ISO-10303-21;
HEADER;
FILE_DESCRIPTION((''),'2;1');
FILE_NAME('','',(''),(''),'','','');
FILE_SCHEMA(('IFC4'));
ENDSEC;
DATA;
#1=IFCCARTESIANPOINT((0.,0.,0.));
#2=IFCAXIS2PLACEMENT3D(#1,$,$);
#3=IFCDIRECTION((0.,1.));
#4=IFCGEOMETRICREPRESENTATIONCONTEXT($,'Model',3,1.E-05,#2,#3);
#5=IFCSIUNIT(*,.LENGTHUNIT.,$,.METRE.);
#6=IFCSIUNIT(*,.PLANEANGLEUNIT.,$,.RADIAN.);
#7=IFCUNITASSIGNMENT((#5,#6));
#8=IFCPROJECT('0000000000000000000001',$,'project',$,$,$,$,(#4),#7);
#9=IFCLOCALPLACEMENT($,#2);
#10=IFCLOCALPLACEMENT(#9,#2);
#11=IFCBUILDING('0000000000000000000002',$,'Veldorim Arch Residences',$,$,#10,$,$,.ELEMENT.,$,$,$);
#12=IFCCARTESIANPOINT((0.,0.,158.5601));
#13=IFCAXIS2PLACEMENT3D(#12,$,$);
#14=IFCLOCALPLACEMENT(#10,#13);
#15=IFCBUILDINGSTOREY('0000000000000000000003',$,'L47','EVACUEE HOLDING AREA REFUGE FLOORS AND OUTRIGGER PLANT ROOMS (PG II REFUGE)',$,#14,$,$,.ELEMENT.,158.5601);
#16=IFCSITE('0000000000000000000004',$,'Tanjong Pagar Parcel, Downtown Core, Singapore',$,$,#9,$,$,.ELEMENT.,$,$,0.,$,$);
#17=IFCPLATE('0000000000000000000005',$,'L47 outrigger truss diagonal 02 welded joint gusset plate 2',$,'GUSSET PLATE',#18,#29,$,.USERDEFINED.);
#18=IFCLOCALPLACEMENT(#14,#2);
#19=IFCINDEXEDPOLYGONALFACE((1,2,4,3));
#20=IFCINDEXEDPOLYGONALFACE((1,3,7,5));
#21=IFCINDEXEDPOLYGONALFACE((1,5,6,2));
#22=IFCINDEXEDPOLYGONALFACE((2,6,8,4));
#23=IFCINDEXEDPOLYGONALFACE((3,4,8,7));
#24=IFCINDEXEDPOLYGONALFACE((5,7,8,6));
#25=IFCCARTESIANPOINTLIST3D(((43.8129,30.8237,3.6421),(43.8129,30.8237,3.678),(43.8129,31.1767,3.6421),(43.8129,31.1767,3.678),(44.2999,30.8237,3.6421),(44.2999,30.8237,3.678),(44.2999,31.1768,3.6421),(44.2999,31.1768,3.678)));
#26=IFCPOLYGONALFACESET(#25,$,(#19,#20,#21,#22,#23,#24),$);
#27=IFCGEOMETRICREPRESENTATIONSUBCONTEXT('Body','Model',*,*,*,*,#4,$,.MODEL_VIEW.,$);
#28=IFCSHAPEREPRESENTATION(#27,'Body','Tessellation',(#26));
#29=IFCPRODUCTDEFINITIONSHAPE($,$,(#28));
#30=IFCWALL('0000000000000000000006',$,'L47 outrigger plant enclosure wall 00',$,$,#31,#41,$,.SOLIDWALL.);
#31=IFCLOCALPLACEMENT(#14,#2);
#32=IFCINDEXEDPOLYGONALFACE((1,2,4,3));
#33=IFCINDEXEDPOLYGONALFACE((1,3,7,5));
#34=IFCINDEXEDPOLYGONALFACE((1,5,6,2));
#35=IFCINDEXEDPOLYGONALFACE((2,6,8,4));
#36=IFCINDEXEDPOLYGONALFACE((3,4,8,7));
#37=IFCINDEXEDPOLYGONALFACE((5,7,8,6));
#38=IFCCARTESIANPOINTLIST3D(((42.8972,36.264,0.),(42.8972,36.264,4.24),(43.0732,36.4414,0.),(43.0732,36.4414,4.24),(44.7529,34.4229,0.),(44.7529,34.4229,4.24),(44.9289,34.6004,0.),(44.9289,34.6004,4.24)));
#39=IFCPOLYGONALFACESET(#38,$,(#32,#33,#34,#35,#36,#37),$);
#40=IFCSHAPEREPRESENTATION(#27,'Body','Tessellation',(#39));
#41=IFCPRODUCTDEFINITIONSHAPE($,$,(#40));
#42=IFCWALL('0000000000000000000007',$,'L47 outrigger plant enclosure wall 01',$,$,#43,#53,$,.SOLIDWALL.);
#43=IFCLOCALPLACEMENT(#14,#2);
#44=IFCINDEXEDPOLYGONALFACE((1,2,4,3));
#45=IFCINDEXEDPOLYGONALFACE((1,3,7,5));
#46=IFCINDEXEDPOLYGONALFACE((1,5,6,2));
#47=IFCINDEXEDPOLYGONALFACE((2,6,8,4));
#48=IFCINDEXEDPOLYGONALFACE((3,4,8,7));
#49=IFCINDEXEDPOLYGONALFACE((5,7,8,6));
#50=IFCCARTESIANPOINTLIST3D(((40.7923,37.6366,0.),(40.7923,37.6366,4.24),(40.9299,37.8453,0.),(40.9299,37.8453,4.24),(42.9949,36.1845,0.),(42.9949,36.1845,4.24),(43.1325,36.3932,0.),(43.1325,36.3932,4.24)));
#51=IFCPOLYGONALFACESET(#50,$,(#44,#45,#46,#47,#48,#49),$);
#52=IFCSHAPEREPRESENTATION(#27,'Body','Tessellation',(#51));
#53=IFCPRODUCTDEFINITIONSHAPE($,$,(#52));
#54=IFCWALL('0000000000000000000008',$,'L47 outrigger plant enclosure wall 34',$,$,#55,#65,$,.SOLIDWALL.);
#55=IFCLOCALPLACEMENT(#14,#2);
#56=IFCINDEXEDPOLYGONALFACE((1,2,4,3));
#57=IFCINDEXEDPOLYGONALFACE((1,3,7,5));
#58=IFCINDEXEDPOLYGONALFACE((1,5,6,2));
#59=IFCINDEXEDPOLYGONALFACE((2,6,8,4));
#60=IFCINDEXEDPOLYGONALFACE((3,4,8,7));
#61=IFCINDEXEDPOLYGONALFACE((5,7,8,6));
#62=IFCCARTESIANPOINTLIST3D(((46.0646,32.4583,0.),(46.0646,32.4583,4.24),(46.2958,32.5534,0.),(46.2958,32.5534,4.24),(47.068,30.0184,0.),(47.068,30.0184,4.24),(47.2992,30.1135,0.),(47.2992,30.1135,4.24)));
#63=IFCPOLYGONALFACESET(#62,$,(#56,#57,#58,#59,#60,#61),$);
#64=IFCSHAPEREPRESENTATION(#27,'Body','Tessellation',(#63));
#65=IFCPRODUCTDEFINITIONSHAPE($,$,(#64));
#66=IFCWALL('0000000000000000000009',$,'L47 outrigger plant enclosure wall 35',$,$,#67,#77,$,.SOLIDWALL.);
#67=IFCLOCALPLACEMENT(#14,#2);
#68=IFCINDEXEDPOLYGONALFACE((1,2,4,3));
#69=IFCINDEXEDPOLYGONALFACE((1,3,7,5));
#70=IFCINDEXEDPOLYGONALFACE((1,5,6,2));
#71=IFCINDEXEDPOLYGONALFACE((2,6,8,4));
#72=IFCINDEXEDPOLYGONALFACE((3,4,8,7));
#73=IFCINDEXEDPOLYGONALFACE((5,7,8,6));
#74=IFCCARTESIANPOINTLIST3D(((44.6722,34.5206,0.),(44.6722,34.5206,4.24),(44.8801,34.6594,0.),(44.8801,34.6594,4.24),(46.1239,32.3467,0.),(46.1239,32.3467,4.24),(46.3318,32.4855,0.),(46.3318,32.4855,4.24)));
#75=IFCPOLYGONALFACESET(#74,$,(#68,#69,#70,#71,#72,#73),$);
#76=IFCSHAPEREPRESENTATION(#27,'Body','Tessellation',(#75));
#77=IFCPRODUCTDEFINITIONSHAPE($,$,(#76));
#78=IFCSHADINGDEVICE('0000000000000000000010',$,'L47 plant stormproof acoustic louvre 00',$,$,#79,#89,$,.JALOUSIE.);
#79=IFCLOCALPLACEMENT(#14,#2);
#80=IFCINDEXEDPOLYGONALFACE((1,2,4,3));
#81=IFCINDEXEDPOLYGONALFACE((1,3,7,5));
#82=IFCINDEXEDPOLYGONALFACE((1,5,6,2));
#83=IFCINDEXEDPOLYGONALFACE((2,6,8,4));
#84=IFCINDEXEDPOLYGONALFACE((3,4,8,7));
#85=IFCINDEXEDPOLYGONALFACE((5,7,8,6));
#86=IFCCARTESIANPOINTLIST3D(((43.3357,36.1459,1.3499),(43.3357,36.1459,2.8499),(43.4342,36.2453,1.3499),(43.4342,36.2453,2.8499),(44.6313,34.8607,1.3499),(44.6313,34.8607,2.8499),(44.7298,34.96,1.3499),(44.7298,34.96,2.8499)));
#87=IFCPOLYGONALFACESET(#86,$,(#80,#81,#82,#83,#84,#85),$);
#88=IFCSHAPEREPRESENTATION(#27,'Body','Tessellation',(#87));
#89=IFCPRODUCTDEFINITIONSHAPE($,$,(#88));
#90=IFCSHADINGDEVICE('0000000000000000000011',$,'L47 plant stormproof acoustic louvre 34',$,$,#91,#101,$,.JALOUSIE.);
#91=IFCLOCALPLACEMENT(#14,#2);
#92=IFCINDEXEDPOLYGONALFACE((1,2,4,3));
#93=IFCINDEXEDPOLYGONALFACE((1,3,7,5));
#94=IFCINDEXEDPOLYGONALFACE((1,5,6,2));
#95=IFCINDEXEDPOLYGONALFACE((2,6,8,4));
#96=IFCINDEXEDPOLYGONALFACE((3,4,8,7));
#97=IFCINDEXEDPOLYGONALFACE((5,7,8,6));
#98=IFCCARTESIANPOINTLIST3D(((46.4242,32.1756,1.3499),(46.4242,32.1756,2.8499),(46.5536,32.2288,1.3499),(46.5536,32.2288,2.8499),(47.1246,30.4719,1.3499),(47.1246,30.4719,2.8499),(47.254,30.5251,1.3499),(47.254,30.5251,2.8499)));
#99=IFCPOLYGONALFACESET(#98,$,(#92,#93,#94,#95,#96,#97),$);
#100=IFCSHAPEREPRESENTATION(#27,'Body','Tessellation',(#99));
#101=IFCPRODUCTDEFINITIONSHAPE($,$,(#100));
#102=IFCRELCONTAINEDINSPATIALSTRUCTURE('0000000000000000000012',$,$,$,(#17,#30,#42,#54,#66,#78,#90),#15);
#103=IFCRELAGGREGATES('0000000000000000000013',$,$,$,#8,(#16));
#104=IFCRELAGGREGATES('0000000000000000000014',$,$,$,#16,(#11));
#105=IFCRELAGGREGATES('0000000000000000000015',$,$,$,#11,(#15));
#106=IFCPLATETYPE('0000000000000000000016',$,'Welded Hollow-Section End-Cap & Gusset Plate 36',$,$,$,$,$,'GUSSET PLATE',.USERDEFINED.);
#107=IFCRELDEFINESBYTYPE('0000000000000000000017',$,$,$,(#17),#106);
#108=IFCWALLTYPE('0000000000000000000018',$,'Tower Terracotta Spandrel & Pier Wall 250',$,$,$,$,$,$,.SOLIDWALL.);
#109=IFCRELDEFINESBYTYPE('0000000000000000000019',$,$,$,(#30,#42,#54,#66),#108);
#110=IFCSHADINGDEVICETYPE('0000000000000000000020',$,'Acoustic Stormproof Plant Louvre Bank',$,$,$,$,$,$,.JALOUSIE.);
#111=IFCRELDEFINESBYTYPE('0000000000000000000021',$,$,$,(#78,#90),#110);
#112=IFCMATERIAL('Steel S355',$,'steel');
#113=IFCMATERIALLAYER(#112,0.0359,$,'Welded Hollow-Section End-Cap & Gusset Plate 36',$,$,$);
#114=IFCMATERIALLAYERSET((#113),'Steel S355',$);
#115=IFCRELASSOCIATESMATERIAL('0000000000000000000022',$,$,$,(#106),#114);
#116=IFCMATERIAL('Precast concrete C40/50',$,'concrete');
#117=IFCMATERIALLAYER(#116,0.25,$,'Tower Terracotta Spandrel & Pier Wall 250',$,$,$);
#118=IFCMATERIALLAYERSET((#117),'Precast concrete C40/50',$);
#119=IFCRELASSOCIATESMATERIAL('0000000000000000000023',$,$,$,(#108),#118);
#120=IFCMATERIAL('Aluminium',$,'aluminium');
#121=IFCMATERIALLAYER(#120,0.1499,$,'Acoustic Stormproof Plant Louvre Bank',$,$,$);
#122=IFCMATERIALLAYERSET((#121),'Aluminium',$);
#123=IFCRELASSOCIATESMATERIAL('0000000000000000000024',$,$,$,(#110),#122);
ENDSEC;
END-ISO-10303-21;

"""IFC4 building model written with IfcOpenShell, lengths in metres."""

from ifc_helpers import new_model, si_unit, direction, frame, frame_2d, origin, origin_2d, place, context, subcontext, project, spatial, rectangle, extrude, material, layer, layer_set, type_object, element, save


model = new_model("IFC4")

# Units and contexts
model_context = context("Model", 3, precision=1e-05, world=origin(), true_north=direction((0.0, 1.0)))
body_context = subcontext(model_context, "Body", "Model", "MODEL_VIEW")
ifc_project = project(units=[si_unit("LENGTHUNIT", "METRE"), si_unit("PLANEANGLEUNIT", "RADIAN")], contexts=[model_context])

# Site, building, storey
site_placement = place(None, origin())
site = spatial("IfcSite", under=ifc_project, at=site_placement, Name="Tanjong Pagar Parcel, Downtown Core, Singapore", CompositionType="ELEMENT", RefElevation=0.0)
building_placement = place(site_placement, origin())
building = spatial("IfcBuilding", under=site, at=building_placement, Name="Veldorim Arch Residences", CompositionType="ELEMENT")
storey_placement = place(building_placement, frame((0.0, 0.0, 158.5601)))
storey = spatial("IfcBuildingStorey", under=building, at=storey_placement, Name="L47", Description="EVACUEE HOLDING AREA REFUGE FLOORS AND OUTRIGGER PLANT ROOMS (PG II REFUGE)", CompositionType="ELEMENT", Elevation=158.5601)

# Plate
ifc_material_1 = material(Name="Steel S355", Category="steel")
ifc_layer_1 = layer(ifc_material_1, 0.0359, Name="Welded Hollow-Section End-Cap & Gusset Plate 36")
ifc_layer_set_1 = layer_set([ifc_layer_1], Name="Steel S355")
plate_type = type_object("IfcPlateType", Name="Welded Hollow-Section End-Cap & Gusset Plate 36", ElementType="GUSSET PLATE", PredefinedType="USERDEFINED", material=ifc_layer_set_1)
for number, where, z_axis, x_axis, name in (
    (1, (44.0564, 31.0002, 3.6421), (0.0, 0.0, 1.0), (1.0, 0.000035, 0.0), "L47 outrigger truss diagonal 02 welded joint gusset plate 2"),
):
    element("IfcPlate", number, at=place(storey_placement, frame(where, z_axis=z_axis, x_axis=x_axis)), inside=storey, type_object=plate_type, Name=name, ObjectType="GUSSET PLATE", PredefinedType="USERDEFINED", context=body_context, shape_type="SweptSolid", body=[
        extrude(rectangle(XDim=0.4871, YDim=0.353, at=origin_2d()), origin(), (0.0, 0.0, 1.0), 0.0359),
    ])

# Walls
ifc_material_2 = material(Name="Precast concrete C40/50", Category="concrete")
ifc_layer_2 = layer(ifc_material_2, 0.25, Name="Tower Terracotta Spandrel & Pier Wall 250")
ifc_layer_set_2 = layer_set([ifc_layer_2], Name="Precast concrete C40/50")
wall_type = type_object("IfcWallType", Name="Tower Terracotta Spandrel & Pier Wall 250", PredefinedType="SOLIDWALL", material=ifc_layer_set_2)
wall_1_placement = place(storey_placement, frame((42.9851, 36.3528, 0.0), z_axis=(0.0, 0.0, 1.0), x_axis=(0.709903, -0.704299, 0.0)))
element("IfcWall", 2, at=wall_1_placement, inside=storey, type_object=wall_type, Name="L47 outrigger plant enclosure wall 00", PredefinedType="SOLIDWALL", context=body_context, shape_type="SweptSolid", body=[
    extrude(rectangle(XDim=2.614, YDim=0.25, at=frame_2d((1.3071, 0.0))), origin(), (0.0, 0.0, 1.0), 4.24),
])
for number, where, z_axis, x_axis, name in (
    (3, (40.8611, 37.741, 0.0), (0.0, 0.0, 1.0), (0.834887, -0.550422, 0.0), "L47 outrigger plant enclosure wall 01"),
    (4, (46.1802, 32.5059, 0.0), (0.0, 0.0, 1.0), (0.38034, -0.924847, 0.0), "L47 outrigger plant enclosure wall 34"),
):
    element("IfcWall", number, at=place(storey_placement, frame(where, z_axis=z_axis, x_axis=x_axis)), inside=storey, type_object=wall_type, Name=name, PredefinedType="SOLIDWALL", context=body_context, shape_type="SweptSolid", body=[
        extrude(rectangle(XDim=2.6382, YDim=0.25, at=frame_2d((1.3191, 0.0))), origin(), (0.0, 0.0, 1.0), 4.24),
    ])
wall_2_placement = place(storey_placement, frame((44.7761, 34.5901, 0.0), z_axis=(0.0, 0.0, 1.0), x_axis=(0.555347, -0.831619, 0.0)))
element("IfcWall", 5, at=wall_2_placement, inside=storey, type_object=wall_type, Name="L47 outrigger plant enclosure wall 35", PredefinedType="SOLIDWALL", context=body_context, shape_type="SweptSolid", body=[
    extrude(rectangle(XDim=2.614, YDim=0.25, at=frame_2d((1.3071, 0.0))), origin(), (0.0, 0.0, 1.0), 4.24),
])

# Shading devices
ifc_material_3 = material(Name="Aluminium", Category="aluminium")
ifc_layer_3 = layer(ifc_material_3, 0.1499, Name="Acoustic Stormproof Plant Louvre Bank")
ifc_layer_set_3 = layer_set([ifc_layer_3], Name="Aluminium")
shading_device_type = type_object("IfcShadingDeviceType", Name="Acoustic Stormproof Plant Louvre Bank", PredefinedType="JALOUSIE", material=ifc_layer_set_3)
shading_device_1_placement = place(storey_placement, frame((44.0327, 35.553, 1.3499), z_axis=(0.0, 0.0, 1.0), x_axis=(0.70994, -0.704263, 0.0)))
element("IfcShadingDevice", 6, at=shading_device_1_placement, inside=storey, type_object=shading_device_type, Name="L47 plant stormproof acoustic louvre 00", PredefinedType="JALOUSIE", context=body_context, shape_type="SweptSolid", body=[
    extrude(rectangle(XDim=1.825, YDim=0.1399, at=origin_2d()), origin(), (0.0, 0.0, 1.0), 1.5),
])
shading_device_2_placement = place(storey_placement, frame((46.8391, 31.3503, 1.3499), z_axis=(0.0, 0.0, 1.0), x_axis=(0.380263, -0.924878, 0.0)))
element("IfcShadingDevice", 7, at=shading_device_2_placement, inside=storey, type_object=shading_device_type, Name="L47 plant stormproof acoustic louvre 34", PredefinedType="JALOUSIE", context=body_context, shape_type="SweptSolid", body=[
    extrude(rectangle(XDim=1.842, YDim=0.1399, at=origin_2d()), origin(), (0.0, 0.0, 1.0), 1.5),
])

save(model, "model.ifc")
